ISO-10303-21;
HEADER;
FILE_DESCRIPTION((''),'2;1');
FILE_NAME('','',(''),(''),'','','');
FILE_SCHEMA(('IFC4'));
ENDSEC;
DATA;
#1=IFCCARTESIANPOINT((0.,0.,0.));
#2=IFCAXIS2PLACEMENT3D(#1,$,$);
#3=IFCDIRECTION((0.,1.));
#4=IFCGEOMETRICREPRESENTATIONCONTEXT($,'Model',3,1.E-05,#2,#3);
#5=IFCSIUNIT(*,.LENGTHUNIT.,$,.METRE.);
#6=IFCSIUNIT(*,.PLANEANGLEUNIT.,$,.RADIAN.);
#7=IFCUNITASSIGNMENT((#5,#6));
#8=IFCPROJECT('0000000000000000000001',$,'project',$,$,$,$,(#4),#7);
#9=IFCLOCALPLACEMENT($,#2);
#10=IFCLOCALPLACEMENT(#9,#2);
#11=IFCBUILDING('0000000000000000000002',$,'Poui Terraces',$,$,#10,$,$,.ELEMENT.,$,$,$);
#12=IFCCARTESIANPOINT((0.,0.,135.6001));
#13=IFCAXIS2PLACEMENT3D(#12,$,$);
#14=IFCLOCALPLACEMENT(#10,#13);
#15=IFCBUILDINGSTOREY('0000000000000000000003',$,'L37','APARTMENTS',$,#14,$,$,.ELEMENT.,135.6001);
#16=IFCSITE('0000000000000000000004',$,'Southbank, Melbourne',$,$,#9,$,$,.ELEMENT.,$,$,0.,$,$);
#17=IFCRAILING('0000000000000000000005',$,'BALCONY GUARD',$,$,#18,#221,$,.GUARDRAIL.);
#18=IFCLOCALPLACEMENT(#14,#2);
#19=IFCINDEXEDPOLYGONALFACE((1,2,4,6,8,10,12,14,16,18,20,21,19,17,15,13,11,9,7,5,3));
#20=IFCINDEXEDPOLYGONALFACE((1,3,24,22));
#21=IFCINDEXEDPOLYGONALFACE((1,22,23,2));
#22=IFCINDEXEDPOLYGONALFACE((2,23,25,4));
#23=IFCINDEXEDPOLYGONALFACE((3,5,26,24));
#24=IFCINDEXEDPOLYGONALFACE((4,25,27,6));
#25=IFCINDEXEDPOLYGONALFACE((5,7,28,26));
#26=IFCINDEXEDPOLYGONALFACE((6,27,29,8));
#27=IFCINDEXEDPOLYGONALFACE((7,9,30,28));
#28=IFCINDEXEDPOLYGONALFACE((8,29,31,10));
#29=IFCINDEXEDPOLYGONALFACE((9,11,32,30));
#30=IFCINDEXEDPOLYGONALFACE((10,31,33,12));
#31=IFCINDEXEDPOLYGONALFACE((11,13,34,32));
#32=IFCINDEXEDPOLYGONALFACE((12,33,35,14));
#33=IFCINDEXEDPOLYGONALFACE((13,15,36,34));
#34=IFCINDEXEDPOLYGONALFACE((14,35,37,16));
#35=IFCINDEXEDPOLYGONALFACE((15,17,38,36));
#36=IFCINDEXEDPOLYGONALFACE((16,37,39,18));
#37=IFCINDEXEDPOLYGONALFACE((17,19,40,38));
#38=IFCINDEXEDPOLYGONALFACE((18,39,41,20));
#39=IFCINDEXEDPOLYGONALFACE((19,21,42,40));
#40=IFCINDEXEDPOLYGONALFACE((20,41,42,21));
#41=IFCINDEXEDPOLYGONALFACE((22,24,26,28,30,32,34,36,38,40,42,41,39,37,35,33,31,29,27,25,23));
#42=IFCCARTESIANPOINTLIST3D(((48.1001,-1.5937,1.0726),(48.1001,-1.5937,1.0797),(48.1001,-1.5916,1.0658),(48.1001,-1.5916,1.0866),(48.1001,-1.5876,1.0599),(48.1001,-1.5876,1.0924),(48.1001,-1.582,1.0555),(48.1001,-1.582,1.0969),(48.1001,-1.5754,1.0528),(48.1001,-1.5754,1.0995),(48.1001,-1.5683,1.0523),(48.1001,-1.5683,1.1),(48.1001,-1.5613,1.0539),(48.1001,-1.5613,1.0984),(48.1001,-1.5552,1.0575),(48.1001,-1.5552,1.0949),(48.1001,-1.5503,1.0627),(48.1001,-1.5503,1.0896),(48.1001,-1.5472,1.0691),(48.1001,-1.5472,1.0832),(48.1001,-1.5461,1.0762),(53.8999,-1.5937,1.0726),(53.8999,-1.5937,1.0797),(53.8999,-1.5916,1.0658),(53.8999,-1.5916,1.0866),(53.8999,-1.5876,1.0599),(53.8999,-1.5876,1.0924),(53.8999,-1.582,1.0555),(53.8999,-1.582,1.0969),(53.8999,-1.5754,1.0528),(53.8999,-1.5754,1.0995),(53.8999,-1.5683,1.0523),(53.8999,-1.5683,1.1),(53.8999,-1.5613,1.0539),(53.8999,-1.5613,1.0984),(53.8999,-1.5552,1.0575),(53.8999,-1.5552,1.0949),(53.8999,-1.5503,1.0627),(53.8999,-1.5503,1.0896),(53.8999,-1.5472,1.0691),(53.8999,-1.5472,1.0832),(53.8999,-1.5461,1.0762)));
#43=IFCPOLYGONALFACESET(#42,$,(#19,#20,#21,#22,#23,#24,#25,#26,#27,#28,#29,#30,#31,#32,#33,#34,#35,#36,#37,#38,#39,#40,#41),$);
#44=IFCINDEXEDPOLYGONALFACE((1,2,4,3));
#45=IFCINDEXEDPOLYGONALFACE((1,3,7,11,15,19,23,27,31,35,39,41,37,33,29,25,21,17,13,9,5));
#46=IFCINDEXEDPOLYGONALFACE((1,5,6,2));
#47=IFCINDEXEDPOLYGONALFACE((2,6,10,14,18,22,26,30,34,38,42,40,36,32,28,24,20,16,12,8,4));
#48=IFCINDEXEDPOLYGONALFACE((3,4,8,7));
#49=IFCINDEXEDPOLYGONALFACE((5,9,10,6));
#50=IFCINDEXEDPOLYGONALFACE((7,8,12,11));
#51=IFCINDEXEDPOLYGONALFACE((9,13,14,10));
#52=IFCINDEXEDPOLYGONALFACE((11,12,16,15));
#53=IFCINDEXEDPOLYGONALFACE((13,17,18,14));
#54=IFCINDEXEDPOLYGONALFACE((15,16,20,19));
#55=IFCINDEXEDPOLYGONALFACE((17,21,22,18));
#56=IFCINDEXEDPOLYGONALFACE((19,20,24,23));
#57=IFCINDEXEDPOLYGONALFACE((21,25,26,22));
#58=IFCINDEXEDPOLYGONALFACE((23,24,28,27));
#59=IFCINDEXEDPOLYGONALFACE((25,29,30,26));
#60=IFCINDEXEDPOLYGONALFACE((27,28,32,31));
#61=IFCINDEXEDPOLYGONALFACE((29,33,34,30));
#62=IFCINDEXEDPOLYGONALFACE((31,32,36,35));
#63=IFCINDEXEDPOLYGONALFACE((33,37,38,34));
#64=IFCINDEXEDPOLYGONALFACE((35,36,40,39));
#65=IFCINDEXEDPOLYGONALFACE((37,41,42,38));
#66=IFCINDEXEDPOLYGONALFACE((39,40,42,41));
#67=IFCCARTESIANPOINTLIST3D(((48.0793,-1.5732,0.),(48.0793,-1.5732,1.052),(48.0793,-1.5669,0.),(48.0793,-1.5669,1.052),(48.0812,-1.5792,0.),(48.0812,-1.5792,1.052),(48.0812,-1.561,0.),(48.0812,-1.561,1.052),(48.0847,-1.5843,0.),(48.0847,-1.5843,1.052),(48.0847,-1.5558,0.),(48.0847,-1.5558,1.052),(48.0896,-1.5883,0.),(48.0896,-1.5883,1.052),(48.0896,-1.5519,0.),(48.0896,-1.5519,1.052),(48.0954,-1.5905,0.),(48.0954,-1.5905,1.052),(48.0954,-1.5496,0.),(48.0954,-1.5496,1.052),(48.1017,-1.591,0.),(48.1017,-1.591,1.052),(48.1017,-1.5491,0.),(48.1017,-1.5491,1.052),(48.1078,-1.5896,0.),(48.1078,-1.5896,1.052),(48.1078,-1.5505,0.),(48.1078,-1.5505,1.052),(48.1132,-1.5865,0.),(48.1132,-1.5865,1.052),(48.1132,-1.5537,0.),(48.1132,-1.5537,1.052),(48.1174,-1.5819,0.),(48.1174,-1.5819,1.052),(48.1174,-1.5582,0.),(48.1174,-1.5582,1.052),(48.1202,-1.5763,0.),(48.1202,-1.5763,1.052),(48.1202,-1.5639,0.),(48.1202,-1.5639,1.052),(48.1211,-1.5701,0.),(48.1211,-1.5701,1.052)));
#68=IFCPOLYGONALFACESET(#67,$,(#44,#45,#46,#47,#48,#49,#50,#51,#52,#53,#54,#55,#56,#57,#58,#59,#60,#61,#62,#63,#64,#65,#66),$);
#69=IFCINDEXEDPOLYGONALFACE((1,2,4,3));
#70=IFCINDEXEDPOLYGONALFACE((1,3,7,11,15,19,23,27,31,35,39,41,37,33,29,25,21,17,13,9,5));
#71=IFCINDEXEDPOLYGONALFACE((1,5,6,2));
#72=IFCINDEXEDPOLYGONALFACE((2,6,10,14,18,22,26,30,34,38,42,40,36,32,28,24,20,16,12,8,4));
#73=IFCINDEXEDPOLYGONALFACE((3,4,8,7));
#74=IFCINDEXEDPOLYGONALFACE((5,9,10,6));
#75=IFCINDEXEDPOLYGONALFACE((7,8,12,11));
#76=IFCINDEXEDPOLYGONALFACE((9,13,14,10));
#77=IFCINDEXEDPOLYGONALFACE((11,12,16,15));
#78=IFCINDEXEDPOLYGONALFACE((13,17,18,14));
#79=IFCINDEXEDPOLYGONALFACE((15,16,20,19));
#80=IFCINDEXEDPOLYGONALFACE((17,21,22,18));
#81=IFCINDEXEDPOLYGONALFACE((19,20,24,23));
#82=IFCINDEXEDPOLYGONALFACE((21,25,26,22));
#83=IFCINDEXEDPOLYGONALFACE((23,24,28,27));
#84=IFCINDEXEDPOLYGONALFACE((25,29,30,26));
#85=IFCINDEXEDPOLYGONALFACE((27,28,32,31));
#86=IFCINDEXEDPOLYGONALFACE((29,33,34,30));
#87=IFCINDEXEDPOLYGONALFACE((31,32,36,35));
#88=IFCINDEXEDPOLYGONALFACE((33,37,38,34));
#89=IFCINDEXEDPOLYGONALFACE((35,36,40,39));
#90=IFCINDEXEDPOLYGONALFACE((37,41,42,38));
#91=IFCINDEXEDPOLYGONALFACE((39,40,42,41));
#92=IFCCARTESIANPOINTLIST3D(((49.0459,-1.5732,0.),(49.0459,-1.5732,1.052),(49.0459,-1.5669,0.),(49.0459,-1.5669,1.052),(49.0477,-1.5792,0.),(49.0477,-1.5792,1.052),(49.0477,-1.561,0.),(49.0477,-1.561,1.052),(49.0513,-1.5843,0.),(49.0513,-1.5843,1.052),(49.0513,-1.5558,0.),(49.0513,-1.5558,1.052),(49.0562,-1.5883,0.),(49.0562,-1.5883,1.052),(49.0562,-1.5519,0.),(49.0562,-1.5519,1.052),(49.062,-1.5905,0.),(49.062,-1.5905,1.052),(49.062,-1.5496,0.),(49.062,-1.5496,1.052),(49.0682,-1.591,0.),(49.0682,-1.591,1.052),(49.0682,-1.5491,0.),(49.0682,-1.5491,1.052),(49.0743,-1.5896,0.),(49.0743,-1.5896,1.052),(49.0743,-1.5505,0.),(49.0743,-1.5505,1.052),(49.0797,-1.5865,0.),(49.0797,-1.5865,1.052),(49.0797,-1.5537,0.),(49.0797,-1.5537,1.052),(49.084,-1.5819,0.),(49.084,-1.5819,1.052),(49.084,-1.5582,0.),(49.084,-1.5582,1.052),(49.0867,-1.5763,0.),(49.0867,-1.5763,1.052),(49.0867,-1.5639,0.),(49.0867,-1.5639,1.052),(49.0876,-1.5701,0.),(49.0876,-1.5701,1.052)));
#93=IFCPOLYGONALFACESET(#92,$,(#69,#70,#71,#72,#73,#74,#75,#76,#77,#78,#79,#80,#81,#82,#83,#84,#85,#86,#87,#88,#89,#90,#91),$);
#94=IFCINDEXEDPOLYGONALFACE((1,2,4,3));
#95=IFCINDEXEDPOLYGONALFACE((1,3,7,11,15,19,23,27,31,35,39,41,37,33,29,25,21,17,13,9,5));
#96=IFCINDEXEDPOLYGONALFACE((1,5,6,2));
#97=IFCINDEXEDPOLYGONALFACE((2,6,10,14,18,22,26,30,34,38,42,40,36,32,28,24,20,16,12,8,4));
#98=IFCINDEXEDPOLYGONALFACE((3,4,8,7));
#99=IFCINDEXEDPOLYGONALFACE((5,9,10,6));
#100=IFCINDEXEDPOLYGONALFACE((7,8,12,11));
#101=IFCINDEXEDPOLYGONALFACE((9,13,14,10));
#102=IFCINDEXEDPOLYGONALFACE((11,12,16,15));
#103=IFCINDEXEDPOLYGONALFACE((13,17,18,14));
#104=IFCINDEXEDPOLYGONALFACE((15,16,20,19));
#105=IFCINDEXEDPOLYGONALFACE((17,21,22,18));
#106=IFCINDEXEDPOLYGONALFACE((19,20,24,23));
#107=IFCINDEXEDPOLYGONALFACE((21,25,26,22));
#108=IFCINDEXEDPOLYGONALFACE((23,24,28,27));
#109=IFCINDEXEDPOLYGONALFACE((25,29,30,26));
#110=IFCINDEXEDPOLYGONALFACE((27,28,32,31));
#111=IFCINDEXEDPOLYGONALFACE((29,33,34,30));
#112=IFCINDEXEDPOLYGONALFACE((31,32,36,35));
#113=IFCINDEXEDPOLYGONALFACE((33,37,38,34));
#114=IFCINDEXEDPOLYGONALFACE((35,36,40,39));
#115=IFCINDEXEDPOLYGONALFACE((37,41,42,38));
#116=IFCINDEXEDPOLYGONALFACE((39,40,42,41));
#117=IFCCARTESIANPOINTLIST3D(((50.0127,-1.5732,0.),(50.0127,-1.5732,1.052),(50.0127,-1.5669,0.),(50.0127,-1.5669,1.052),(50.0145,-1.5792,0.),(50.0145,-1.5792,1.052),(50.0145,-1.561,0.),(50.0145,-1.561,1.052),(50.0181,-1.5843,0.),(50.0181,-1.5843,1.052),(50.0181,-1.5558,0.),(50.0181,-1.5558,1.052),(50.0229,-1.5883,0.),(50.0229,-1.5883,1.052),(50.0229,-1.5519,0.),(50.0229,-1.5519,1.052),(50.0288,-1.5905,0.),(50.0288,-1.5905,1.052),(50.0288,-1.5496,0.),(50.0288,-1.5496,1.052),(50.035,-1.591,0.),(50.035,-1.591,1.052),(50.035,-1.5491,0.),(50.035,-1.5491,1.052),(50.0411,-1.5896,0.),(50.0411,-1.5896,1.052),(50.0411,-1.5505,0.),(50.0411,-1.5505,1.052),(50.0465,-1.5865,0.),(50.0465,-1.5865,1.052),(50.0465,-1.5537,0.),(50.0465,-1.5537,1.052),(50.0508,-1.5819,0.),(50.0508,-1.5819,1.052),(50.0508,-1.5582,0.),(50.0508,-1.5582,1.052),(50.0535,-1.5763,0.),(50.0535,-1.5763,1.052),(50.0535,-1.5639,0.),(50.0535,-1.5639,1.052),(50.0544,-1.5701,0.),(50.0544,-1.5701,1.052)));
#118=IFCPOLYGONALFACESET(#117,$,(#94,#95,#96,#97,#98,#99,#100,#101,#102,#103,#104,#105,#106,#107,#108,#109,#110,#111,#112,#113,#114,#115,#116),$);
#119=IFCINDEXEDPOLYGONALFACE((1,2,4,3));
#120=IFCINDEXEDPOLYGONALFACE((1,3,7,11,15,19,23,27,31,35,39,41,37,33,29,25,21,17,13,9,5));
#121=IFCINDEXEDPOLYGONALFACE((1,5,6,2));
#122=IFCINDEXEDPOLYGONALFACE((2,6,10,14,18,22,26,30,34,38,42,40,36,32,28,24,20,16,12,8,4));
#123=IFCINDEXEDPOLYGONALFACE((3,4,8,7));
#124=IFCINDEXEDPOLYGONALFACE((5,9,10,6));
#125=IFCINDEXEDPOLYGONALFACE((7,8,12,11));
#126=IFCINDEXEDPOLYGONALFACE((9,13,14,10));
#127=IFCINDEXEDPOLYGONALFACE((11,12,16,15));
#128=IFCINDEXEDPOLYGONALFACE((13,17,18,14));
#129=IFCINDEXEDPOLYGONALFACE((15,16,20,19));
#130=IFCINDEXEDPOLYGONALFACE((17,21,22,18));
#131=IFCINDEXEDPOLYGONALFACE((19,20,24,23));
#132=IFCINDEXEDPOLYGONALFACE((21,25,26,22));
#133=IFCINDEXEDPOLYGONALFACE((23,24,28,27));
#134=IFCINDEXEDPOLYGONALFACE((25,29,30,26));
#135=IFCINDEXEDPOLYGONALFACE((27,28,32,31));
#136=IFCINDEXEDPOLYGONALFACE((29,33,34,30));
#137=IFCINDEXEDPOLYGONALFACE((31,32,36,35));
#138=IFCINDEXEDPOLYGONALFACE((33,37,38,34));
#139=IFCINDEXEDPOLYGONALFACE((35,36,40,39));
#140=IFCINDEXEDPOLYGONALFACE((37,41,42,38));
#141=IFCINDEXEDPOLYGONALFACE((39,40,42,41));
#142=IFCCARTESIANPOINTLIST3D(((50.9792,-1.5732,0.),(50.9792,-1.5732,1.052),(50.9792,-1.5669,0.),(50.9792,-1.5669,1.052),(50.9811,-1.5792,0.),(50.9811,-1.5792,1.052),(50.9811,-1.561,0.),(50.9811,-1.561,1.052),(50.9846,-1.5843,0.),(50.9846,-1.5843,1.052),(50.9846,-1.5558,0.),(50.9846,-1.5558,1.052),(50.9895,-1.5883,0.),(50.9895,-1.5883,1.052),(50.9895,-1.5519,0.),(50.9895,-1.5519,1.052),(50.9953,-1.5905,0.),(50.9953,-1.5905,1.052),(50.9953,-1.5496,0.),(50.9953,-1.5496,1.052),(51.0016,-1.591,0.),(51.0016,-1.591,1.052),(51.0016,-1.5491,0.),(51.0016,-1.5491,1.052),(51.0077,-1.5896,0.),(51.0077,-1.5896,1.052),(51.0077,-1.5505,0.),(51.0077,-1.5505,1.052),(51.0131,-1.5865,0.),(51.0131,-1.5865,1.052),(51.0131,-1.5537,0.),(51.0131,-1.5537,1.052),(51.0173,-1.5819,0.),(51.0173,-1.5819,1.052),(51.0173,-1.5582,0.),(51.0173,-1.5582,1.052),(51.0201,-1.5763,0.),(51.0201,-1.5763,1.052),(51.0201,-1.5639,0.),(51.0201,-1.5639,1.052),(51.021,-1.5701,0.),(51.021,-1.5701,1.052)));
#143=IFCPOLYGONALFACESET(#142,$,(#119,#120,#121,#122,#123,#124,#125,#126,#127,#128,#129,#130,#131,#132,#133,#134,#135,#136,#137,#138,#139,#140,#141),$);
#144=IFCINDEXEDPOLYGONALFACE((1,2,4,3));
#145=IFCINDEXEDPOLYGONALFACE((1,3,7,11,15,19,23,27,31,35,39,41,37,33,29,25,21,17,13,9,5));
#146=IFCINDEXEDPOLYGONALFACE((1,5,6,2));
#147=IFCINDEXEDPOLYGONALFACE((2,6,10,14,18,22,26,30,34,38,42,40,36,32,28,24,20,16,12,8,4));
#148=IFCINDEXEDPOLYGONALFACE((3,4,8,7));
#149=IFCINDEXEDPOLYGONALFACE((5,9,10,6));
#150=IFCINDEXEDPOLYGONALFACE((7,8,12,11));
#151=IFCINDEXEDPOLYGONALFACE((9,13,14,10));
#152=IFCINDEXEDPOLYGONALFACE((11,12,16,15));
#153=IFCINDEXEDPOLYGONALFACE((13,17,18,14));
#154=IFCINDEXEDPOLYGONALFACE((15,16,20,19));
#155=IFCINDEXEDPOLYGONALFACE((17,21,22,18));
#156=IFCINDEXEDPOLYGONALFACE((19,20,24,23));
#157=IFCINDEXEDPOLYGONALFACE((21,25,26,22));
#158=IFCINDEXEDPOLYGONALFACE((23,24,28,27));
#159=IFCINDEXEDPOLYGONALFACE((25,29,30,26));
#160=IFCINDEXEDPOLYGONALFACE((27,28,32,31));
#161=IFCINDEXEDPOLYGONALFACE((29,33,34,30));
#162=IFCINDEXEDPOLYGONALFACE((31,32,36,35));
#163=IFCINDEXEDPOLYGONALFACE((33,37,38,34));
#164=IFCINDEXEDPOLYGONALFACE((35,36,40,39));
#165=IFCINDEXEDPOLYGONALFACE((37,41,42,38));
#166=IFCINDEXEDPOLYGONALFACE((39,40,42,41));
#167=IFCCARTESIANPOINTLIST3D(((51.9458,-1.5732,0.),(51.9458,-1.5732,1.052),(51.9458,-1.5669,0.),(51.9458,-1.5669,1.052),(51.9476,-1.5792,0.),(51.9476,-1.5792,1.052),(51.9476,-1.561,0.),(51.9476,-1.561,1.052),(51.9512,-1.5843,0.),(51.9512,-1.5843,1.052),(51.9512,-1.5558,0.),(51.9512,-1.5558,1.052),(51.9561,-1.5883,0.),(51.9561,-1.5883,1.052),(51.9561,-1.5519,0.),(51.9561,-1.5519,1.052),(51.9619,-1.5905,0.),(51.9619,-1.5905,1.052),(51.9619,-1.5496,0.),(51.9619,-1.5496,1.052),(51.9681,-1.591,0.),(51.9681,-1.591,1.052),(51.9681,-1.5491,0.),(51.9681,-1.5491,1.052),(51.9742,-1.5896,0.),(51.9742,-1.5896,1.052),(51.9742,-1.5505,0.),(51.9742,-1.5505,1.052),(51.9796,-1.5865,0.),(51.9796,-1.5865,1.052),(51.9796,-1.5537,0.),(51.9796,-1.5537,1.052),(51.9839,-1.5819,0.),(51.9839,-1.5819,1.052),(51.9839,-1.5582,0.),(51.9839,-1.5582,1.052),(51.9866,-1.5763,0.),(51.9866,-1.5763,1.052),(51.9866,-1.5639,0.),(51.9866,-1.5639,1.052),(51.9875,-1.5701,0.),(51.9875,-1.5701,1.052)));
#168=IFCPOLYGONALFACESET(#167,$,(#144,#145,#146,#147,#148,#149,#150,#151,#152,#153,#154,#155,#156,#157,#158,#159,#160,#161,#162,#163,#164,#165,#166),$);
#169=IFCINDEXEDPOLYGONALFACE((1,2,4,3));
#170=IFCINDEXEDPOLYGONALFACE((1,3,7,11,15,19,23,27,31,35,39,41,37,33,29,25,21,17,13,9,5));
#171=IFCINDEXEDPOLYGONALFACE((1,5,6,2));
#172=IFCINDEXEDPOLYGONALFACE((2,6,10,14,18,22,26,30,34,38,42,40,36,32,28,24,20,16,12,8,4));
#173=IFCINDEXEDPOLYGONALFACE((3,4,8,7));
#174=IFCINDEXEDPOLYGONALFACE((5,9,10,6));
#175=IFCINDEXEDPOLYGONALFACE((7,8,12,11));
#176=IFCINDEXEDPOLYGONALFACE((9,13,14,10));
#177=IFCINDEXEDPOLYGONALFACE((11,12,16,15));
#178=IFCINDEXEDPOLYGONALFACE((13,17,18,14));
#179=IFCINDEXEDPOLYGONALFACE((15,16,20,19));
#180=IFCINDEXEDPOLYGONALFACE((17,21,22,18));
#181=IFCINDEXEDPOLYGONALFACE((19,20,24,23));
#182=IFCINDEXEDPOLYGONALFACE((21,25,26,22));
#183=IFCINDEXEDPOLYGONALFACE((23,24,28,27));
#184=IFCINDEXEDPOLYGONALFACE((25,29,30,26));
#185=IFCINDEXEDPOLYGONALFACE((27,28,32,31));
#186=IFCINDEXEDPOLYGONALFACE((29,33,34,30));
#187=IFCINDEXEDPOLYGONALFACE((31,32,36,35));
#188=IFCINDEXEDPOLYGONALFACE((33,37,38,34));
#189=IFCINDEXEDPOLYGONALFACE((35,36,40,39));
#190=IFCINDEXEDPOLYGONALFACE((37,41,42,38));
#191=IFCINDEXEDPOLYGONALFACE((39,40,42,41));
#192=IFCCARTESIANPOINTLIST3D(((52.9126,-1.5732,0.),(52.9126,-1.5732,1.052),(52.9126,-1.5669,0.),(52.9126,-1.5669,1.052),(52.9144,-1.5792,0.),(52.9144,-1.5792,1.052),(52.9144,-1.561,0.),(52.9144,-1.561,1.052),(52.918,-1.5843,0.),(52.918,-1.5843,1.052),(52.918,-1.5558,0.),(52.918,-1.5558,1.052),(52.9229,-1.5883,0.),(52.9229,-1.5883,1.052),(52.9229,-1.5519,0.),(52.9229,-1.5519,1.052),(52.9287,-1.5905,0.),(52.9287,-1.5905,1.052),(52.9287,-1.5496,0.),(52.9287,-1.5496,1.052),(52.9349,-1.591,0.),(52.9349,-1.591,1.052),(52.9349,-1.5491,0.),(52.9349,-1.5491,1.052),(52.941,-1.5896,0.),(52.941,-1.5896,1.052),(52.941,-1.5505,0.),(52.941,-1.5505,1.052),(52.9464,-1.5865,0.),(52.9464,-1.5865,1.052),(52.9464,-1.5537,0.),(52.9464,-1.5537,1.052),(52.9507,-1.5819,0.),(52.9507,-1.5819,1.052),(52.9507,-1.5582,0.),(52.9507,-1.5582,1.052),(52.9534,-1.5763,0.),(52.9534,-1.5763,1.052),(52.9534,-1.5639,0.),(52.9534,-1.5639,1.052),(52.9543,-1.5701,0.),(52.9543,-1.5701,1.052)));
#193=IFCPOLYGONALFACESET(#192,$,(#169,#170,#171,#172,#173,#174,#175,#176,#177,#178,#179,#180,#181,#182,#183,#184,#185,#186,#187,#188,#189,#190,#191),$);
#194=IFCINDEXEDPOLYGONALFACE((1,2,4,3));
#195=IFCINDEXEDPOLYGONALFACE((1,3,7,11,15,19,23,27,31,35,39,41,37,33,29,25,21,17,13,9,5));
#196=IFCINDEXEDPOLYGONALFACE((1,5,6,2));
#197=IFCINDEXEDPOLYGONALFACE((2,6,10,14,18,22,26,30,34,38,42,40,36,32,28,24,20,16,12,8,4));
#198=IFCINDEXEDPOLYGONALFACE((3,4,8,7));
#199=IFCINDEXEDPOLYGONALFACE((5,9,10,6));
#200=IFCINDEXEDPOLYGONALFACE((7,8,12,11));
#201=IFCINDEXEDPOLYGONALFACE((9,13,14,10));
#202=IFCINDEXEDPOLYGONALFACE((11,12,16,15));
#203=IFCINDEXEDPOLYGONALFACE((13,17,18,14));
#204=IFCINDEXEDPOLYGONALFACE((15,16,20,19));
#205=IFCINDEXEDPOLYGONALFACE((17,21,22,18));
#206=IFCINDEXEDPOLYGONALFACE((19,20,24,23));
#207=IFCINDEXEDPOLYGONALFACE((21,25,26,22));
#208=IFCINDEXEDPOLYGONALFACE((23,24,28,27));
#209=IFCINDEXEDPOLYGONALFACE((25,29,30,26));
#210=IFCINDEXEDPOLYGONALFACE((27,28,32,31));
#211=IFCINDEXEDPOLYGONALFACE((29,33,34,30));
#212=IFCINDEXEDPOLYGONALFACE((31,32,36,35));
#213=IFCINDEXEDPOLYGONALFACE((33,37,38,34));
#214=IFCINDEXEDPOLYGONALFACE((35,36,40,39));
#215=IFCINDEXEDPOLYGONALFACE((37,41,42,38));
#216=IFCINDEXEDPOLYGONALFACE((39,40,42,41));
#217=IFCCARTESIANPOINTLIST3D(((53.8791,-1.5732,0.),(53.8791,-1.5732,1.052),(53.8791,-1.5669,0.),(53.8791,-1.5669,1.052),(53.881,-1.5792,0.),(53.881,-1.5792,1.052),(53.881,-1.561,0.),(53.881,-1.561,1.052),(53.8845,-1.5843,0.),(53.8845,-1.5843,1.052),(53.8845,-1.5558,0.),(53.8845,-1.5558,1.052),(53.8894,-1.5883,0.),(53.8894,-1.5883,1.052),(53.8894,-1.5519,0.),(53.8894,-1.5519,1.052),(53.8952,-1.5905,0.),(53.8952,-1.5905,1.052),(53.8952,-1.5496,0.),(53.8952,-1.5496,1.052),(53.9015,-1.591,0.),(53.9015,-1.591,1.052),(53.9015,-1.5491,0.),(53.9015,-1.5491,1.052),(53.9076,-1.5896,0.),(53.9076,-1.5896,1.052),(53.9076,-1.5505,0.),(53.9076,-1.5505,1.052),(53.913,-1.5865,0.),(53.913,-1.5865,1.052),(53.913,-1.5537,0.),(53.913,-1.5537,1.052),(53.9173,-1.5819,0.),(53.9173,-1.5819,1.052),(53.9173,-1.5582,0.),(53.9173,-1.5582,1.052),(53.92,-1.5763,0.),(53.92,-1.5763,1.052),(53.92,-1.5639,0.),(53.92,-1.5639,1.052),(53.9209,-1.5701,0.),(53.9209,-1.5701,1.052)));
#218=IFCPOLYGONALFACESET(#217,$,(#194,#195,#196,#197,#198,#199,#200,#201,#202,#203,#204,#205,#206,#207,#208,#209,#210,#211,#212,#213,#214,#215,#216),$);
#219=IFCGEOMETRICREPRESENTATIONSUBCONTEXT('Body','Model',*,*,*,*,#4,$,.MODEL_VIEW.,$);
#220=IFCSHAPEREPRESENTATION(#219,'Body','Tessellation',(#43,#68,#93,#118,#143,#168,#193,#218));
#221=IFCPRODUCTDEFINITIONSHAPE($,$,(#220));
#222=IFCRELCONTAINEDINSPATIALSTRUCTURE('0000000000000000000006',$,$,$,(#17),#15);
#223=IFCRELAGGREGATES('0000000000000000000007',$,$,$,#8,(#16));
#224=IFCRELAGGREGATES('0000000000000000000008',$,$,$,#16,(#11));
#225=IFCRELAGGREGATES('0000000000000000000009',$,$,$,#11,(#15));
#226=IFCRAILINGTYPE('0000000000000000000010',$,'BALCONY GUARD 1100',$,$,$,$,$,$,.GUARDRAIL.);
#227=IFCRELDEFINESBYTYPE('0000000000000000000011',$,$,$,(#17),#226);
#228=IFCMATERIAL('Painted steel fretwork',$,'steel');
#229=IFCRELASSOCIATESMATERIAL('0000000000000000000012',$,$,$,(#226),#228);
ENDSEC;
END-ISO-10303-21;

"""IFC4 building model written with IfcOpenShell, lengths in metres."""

from ifc_helpers import new_model, si_unit, direction, frame, origin, origin_2d, place, context, subcontext, project, spatial, circle, extrude, material, type_object, element, save


model = new_model("IFC4")

# Units and contexts
model_context = context("Model", 3, precision=1e-05, world=origin(), true_north=direction((0.0, 1.0)))
body_context = subcontext(model_context, "Body", "Model", "MODEL_VIEW")
ifc_project = project(units=[si_unit("LENGTHUNIT", "METRE"), si_unit("PLANEANGLEUNIT", "RADIAN")], contexts=[model_context])

# Site, building, storey
site_placement = place(None, origin())
site = spatial("IfcSite", under=ifc_project, at=site_placement, Name="Southbank, Melbourne", CompositionType="ELEMENT", RefElevation=0.0)
building_placement = place(site_placement, origin())
building = spatial("IfcBuilding", under=site, at=building_placement, Name="Poui Terraces", CompositionType="ELEMENT")
storey_placement = place(building_placement, frame((0.0, 0.0, 135.6001)))
storey = spatial("IfcBuildingStorey", under=building, at=storey_placement, Name="L37", Description="APARTMENTS", CompositionType="ELEMENT", Elevation=135.6001)

# Railing
ifc_material_1 = material(Name="Painted steel fretwork", Category="steel")
railing_type = type_object("IfcRailingType", Name="BALCONY GUARD 1100", PredefinedType="GUARDRAIL", material=ifc_material_1)
railing_placement = place(storey_placement, frame((48.1001, -1.5701, 0.0)))
element("IfcRailing", 1, at=railing_placement, inside=storey, type_object=railing_type, Name="BALCONY GUARD", PredefinedType="GUARDRAIL", context=body_context, shape_type="SweptSolid", body=[
    extrude(circle(Radius=0.0239, at=origin_2d()), frame((0.0, 0.0, 1.0762), z_axis=(1.0, 0.0, 0.0), x_axis=(0.0, 1.0, 0.0)), (0.0, 0.0, 1.0), 5.7998),
    extrude(circle(Radius=0.021, at=origin_2d()), origin(), (0.0, 0.0, 1.0), 1.052),
    extrude(circle(Radius=0.021, at=origin_2d()), frame((0.9666, 0.0, 0.0)), (0.0, 0.0, 1.0), 1.052),
    extrude(circle(Radius=0.021, at=origin_2d()), frame((1.9333, 0.0, 0.0)), (0.0, 0.0, 1.0), 1.052),
    extrude(circle(Radius=0.021, at=origin_2d()), frame((2.8999, 0.0, 0.0)), (0.0, 0.0, 1.0), 1.052),
    extrude(circle(Radius=0.021, at=origin_2d()), frame((3.8665, 0.0, 0.0)), (0.0, 0.0, 1.0), 1.052),
    extrude(circle(Radius=0.021, at=origin_2d()), frame((4.8333, 0.0, 0.0)), (0.0, 0.0, 1.0), 1.052),
    extrude(circle(Radius=0.021, at=origin_2d()), frame((5.7998, 0.0, 0.0)), (0.0, 0.0, 1.0), 1.052),
])

save(model, "model.ifc")
